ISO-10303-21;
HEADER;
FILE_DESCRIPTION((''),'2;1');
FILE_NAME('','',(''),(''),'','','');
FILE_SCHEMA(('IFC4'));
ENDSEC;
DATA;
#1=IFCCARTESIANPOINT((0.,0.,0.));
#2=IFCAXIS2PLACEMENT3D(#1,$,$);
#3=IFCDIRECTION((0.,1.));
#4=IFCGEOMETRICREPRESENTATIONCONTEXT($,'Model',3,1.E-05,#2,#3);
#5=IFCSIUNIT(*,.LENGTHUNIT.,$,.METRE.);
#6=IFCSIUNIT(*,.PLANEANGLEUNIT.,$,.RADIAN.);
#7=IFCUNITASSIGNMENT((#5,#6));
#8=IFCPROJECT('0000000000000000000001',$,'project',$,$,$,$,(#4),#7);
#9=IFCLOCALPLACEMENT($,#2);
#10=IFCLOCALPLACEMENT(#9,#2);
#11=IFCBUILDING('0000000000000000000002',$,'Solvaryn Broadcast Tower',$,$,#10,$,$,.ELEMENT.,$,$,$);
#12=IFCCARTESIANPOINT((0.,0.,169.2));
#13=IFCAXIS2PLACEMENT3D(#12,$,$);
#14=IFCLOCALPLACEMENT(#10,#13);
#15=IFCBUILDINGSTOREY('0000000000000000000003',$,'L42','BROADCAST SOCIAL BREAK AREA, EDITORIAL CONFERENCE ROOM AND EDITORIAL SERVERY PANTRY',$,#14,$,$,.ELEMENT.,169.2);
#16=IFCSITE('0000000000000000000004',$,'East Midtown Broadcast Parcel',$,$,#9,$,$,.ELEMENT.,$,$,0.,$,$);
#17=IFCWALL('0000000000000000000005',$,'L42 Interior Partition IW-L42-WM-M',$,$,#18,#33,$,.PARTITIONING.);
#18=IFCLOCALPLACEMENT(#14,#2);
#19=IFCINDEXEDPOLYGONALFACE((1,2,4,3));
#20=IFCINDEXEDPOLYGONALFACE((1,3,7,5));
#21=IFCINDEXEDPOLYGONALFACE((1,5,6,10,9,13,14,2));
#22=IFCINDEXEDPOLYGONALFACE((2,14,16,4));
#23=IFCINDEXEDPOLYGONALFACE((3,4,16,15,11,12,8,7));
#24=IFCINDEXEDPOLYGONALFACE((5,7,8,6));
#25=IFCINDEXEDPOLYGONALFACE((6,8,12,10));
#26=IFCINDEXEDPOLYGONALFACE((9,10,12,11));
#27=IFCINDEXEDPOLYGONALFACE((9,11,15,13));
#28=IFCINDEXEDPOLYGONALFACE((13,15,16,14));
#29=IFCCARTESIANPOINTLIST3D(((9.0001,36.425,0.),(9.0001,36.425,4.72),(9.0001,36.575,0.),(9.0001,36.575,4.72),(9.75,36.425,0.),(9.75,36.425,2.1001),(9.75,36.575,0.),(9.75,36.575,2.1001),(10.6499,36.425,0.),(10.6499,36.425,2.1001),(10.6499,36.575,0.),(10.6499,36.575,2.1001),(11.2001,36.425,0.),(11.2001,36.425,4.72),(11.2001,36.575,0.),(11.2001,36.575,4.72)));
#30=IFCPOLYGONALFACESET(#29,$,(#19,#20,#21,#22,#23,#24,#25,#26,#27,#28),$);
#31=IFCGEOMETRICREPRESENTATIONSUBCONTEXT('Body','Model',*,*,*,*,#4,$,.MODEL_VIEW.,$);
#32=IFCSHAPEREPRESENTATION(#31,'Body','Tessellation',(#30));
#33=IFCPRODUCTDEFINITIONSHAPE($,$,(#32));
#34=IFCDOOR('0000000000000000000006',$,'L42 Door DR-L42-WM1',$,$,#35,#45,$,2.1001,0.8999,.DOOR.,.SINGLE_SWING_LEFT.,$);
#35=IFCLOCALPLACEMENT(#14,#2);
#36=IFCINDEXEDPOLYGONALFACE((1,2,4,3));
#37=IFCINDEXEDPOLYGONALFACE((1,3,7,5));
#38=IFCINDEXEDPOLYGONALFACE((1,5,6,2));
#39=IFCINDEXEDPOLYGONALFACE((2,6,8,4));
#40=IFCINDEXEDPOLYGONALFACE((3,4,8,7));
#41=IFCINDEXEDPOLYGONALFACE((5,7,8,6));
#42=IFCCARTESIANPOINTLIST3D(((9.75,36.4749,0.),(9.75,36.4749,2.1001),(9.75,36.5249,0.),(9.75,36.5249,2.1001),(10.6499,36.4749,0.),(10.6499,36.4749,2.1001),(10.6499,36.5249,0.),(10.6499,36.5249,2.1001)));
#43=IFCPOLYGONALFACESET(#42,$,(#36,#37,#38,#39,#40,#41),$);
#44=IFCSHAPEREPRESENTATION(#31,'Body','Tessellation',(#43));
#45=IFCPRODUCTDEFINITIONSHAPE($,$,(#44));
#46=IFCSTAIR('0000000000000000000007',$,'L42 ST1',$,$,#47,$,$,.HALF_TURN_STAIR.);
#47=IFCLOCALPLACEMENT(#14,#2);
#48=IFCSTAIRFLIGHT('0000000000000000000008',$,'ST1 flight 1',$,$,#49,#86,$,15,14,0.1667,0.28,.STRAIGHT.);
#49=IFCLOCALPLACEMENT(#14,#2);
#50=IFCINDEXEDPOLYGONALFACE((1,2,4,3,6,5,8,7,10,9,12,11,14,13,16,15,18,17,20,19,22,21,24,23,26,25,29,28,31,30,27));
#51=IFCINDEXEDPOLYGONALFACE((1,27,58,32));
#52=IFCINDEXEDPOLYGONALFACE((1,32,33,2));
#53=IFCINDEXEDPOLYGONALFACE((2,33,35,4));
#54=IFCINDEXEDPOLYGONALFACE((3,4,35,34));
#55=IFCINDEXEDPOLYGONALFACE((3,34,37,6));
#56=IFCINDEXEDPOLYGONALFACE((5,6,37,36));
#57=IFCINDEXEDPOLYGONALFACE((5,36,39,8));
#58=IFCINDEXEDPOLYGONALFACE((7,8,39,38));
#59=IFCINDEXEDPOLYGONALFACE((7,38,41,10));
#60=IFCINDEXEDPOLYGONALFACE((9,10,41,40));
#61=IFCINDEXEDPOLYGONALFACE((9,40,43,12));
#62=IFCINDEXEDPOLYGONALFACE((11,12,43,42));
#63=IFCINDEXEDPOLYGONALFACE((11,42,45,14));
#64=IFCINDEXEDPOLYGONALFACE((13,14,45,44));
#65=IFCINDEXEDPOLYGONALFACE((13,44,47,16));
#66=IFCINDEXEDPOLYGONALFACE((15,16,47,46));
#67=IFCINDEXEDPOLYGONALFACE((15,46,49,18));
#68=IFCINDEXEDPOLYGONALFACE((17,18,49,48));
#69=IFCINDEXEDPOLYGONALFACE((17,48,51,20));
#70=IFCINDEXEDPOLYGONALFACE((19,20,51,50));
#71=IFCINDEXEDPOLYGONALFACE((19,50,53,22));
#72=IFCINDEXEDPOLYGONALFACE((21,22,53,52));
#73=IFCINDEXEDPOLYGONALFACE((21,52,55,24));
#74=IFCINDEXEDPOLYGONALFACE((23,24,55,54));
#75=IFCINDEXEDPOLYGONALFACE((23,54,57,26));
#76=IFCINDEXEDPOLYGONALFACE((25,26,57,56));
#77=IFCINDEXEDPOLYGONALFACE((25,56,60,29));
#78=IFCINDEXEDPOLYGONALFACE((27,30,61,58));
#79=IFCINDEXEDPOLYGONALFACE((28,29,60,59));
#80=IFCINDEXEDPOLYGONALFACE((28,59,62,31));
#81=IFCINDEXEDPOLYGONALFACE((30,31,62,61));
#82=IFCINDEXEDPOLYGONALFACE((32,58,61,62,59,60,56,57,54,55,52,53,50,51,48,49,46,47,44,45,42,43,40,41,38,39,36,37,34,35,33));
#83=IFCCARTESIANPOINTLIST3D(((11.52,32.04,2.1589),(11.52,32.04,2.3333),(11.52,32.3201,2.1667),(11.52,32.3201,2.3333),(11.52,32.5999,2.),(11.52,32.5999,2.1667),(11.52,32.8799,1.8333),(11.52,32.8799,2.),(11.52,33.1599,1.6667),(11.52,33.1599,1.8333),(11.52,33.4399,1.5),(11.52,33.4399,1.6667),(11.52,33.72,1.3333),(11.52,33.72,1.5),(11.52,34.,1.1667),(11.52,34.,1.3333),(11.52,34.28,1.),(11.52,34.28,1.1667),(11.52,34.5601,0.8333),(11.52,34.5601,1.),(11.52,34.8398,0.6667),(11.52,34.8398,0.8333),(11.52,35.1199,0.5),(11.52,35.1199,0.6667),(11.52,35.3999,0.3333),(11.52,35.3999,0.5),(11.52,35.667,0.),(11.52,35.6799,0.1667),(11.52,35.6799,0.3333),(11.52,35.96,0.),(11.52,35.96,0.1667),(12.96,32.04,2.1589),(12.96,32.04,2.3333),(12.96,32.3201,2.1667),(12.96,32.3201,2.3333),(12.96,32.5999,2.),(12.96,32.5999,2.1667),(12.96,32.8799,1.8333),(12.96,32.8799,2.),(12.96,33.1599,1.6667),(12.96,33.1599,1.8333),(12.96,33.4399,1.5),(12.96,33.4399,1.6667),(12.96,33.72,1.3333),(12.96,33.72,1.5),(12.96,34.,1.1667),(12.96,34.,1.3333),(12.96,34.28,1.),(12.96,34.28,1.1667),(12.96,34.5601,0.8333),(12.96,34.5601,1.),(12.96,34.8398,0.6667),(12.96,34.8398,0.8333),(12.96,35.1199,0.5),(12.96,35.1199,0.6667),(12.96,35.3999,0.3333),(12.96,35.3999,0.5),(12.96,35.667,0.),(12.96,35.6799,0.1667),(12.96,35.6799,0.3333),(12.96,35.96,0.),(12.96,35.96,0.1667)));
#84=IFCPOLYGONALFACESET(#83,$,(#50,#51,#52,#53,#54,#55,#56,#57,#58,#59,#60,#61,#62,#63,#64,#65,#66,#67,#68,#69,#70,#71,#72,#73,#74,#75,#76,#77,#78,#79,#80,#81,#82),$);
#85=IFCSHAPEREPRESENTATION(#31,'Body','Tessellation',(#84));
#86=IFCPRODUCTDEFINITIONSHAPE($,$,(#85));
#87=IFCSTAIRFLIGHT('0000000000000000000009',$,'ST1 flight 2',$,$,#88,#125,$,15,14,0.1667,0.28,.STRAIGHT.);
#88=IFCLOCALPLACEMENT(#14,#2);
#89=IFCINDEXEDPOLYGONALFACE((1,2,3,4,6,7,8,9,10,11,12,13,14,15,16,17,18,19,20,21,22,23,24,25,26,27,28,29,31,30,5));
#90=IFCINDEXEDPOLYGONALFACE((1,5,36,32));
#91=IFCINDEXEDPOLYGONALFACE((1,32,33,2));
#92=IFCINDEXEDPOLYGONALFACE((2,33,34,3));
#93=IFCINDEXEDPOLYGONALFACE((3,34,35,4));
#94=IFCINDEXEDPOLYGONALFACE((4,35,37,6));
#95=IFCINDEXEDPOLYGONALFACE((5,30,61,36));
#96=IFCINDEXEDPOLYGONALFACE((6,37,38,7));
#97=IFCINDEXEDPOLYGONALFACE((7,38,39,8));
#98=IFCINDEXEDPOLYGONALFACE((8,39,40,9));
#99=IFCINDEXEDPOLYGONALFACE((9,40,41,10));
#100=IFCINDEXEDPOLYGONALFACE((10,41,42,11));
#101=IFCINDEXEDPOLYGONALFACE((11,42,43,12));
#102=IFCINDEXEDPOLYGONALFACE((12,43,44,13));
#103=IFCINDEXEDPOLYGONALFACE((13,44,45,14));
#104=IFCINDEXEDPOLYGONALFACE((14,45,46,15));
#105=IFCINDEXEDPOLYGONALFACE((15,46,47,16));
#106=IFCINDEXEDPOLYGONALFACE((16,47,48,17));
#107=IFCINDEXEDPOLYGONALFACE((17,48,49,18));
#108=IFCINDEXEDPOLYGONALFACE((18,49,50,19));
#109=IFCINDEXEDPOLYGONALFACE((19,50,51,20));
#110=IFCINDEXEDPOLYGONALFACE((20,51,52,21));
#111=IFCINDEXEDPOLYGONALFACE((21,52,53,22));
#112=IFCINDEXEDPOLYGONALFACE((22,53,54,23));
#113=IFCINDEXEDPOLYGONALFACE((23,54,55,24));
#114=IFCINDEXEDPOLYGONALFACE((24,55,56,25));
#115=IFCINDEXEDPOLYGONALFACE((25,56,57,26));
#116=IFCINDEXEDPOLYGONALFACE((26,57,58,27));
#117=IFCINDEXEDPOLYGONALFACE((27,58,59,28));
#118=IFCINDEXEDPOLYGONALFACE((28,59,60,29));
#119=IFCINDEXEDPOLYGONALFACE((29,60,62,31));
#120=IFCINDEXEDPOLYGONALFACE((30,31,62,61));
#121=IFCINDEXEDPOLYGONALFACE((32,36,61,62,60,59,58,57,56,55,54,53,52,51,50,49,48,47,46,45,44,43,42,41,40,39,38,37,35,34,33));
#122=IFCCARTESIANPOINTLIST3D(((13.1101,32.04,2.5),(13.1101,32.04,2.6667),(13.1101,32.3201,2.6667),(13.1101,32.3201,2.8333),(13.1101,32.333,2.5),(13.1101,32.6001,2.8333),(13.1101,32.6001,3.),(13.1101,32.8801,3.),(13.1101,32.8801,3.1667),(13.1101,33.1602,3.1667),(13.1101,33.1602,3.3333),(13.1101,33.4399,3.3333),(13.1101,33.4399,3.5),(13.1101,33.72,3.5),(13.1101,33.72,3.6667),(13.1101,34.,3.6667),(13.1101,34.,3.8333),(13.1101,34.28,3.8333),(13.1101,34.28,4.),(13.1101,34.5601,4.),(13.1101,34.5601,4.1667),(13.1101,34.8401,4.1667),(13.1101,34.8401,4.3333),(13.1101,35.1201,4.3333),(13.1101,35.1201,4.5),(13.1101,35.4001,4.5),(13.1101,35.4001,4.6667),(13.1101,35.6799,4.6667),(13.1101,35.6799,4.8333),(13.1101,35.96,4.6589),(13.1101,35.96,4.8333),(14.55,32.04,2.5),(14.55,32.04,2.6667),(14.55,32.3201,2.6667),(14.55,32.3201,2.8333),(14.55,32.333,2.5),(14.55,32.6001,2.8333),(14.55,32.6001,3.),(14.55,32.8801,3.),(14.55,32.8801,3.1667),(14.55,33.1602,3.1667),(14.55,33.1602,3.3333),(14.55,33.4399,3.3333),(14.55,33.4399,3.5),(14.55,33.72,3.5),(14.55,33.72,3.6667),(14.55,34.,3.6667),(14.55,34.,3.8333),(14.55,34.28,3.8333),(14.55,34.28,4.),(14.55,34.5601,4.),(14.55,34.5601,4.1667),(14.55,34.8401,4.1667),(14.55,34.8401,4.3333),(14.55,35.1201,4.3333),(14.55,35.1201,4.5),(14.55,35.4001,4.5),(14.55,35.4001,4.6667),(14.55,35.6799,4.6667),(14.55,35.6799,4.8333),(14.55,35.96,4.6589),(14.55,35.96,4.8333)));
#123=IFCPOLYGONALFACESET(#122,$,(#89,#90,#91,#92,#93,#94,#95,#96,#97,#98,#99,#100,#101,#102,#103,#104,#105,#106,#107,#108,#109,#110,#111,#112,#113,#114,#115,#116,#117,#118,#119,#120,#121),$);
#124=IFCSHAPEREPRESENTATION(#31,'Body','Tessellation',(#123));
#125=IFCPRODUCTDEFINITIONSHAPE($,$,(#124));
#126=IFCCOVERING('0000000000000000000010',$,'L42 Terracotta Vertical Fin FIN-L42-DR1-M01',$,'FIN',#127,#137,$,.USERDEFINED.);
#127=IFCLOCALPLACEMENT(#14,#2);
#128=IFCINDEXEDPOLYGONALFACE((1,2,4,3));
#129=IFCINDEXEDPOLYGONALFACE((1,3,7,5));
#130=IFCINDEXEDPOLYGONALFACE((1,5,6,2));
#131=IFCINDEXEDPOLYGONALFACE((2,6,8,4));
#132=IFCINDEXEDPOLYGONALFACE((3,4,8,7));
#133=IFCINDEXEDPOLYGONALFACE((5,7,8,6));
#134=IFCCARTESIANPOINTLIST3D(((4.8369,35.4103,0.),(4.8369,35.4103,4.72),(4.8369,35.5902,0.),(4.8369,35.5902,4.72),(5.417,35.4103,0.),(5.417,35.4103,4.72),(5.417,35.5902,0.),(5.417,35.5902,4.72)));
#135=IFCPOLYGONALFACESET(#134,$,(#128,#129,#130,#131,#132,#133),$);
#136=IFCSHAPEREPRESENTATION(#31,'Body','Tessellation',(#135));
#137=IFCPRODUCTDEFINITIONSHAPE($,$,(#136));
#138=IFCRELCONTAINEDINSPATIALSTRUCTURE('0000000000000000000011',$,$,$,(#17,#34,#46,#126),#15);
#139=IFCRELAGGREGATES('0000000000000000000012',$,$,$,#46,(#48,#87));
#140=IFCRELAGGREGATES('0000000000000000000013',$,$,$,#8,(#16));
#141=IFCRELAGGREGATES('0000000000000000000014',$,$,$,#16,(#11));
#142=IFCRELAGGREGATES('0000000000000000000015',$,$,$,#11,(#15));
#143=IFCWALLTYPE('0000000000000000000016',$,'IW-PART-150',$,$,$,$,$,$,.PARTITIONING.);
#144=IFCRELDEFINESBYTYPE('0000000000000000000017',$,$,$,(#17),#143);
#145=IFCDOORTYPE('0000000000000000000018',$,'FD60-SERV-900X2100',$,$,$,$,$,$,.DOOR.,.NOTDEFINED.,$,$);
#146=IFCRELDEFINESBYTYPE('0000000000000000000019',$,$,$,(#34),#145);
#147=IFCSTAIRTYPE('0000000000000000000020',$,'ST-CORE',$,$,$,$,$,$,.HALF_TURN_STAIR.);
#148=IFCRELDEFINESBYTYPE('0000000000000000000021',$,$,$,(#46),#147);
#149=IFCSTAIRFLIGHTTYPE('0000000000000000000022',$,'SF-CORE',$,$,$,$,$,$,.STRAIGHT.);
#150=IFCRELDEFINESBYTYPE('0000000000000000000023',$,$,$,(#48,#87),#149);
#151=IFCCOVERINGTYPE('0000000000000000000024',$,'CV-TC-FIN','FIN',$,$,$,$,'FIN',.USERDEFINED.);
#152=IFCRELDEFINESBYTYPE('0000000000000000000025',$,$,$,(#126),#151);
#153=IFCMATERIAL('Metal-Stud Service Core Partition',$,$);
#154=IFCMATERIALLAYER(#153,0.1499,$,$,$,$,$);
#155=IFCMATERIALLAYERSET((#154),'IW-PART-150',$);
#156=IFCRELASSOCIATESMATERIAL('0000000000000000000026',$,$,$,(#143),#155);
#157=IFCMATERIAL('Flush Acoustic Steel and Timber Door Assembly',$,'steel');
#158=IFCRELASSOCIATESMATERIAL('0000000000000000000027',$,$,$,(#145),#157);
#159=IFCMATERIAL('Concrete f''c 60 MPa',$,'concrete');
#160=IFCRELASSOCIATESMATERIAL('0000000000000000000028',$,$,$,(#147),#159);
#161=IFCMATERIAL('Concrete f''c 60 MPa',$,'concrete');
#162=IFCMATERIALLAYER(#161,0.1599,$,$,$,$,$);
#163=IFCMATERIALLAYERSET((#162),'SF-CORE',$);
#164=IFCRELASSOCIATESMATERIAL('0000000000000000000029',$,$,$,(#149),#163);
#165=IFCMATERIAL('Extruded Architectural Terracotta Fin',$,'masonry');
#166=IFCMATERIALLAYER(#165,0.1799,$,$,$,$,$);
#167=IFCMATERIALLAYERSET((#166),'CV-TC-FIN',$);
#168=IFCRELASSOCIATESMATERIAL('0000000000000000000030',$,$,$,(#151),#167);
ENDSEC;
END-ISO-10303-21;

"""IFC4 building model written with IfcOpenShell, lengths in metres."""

from ifc_helpers import new_model, si_unit, direction, frame, frame_2d, origin, origin_2d, place, context, subcontext, project, spatial, polyline, rectangle, outline, extrude, material, layer, layer_set, type_object, element, fill, aggregate, save


model = new_model("IFC4")

# Units and contexts
model_context = context("Model", 3, precision=1e-05, world=origin(), true_north=direction((0.0, 1.0)))
body_context = subcontext(model_context, "Body", "Model", "MODEL_VIEW")
ifc_project = project(units=[si_unit("LENGTHUNIT", "METRE"), si_unit("PLANEANGLEUNIT", "RADIAN")], contexts=[model_context])

# Site, building, storey
site_placement = place(None, origin())
site = spatial("IfcSite", under=ifc_project, at=site_placement, Name="East Midtown Broadcast Parcel", CompositionType="ELEMENT", RefElevation=0.0)
building_placement = place(site_placement, origin())
building = spatial("IfcBuilding", under=site, at=building_placement, Name="Solvaryn Broadcast Tower", CompositionType="ELEMENT")
storey_placement = place(building_placement, frame((0.0, 0.0, 169.2)))
storey = spatial("IfcBuildingStorey", under=building, at=storey_placement, Name="L42", Description="BROADCAST SOCIAL BREAK AREA, EDITORIAL CONFERENCE ROOM AND EDITORIAL SERVERY PANTRY", CompositionType="ELEMENT", Elevation=169.2)

# Wall, opening, door
ifc_material_1 = material(Name="Metal-Stud Service Core Partition")
ifc_layer_1 = layer(ifc_material_1, 0.1499)
ifc_layer_set_1 = layer_set([ifc_layer_1], Name="IW-PART-150")
wall_type = type_object("IfcWallType", Name="IW-PART-150", PredefinedType="PARTITIONING", material=ifc_layer_set_1)
wall_placement = place(storey_placement, frame((9.0, 36.5, 0.0), z_axis=(0.0, 0.0, 1.0), x_axis=(1.0, 0.0, 0.0)))
wall = element("IfcWall", 1, at=wall_placement, inside=storey, type_object=wall_type, Name="L42 Interior Partition IW-L42-WM-M", PredefinedType="PARTITIONING", context=body_context, shape_type="SweptSolid", body=[
    extrude(rectangle(XDim=2.2, YDim=0.1499, at=frame_2d((1.1001, 0.0))), origin(), (0.0, 0.0, 1.0), 4.72),
])
opening_placement = place(wall_placement, frame((0.75, 0.0, 0.0)))
opening = element("IfcOpeningElement", 2, at=opening_placement, cuts=wall, PredefinedType="OPENING", context=body_context, shape_type="SweptSolid", body=[
    extrude(rectangle(XDim=0.8999, YDim=2.1001, at=frame_2d((0.45, 1.05))), frame((0.0, 0.085, 0.0), z_axis=(0.0, -1.0, 0.0), x_axis=(1.0, 0.0, 0.0)), (0.0, 0.0, 1.0), 0.1699),
])
ifc_material_2 = material(Name="Flush Acoustic Steel and Timber Door Assembly", Category="steel")
door_type = type_object("IfcDoorType", Name="FD60-SERV-900X2100", OperationType="NOTDEFINED", PredefinedType="DOOR", material=ifc_material_2)
door_placement = place(opening_placement, origin())
door = element("IfcDoor", 3, at=door_placement, inside=storey, type_object=door_type, Name="L42 Door DR-L42-WM1", OperationType="SINGLE_SWING_LEFT", OverallHeight=2.1001, OverallWidth=0.8999, PredefinedType="DOOR", context=body_context, shape_type="SweptSolid", body=[
    extrude(rectangle(XDim=0.8999, YDim=2.1001, at=frame_2d((0.45, 1.05))), frame((0.0, 0.0249, 0.0), z_axis=(0.0, -1.0, 0.0), x_axis=(1.0, 0.0, 0.0)), (0.0, 0.0, 1.0), 0.05),
])
fill(opening, door)

# Stair, stair flights
ifc_material_3 = material(Name="Concrete f'c 60 MPa", Category="concrete")
stair_type = type_object("IfcStairType", Name="ST-CORE", PredefinedType="HALF_TURN_STAIR", material=ifc_material_3)
stair_placement = place(storey_placement, origin())
stair = element("IfcStair", 4, at=stair_placement, inside=storey, type_object=stair_type, Name="L42 ST1", PredefinedType="HALF_TURN_STAIR")
ifc_material_4 = material(Name="Concrete f'c 60 MPa", Category="concrete")
ifc_layer_2 = layer(ifc_material_4, 0.1599)
ifc_layer_set_2 = layer_set([ifc_layer_2], Name="SF-CORE")
stair_flight_type = type_object("IfcStairFlightType", Name="SF-CORE", PredefinedType="STRAIGHT", material=ifc_layer_set_2)
stair_flight_1_placement = place(storey_placement, frame((12.24, 35.96, 0.0), z_axis=(0.0, 0.0, 1.0), x_axis=(0.0, -1.0, 0.0)))
stair_flight_1 = element("IfcStairFlight", 5, at=stair_flight_1_placement, type_object=stair_flight_type, Name="ST1 flight 1", NumberOfRisers=15, NumberOfTreads=14, PredefinedType="STRAIGHT", RiserHeight=0.1667, TreadLength=0.28, context=body_context, shape_type="SweptSolid", body=[
    extrude(outline(polyline([(0.0, 0.0), (0.0, 0.1667), (0.28, 0.1667), (0.28, 0.3333), (0.5601, 0.3333), (0.5601, 0.5), (0.8401, 0.5), (0.8401, 0.6667), (1.1201, 0.6667), (1.1201, 0.8333), (1.3999, 0.8333), (1.3999, 1.0), (1.6799, 1.0), (1.6799, 1.1667), (1.96, 1.1667), (1.96, 1.3333), (2.24, 1.3333), (2.24, 1.5), (2.52, 1.5), (2.52, 1.6667), (2.8, 1.6667), (2.8, 1.8333), (3.0801, 1.8333), (3.0801, 2.0), (3.3601, 2.0), (3.3601, 2.1667), (3.6399, 2.1667), (3.6399, 2.3333), (3.9199, 2.3333), (3.9199, 2.5), (3.9199, 2.1589), (0.293, 0.0), (0.0, 0.0)])), frame((0.0, 0.72, 0.0), z_axis=(0.0, -1.0, 0.0), x_axis=(1.0, 0.0, 0.0)), (0.0, 0.0, 1.0), 1.4399),
])
stair_flight_2_placement = place(storey_placement, frame((13.8301, 32.04, 2.5), z_axis=(0.0, 0.0, 1.0), x_axis=(0.0, 1.0, 0.0)))
stair_flight_2 = element("IfcStairFlight", 6, at=stair_flight_2_placement, type_object=stair_flight_type, Name="ST1 flight 2", NumberOfRisers=15, NumberOfTreads=14, PredefinedType="STRAIGHT", RiserHeight=0.1667, TreadLength=0.28, context=body_context, shape_type="SweptSolid", body=[
    extrude(outline(polyline([(0.0, 0.0), (0.0, 0.1667), (0.28, 0.1667), (0.28, 0.3333), (0.5601, 0.3333), (0.5601, 0.5), (0.8401, 0.5), (0.8401, 0.6667), (1.1201, 0.6667), (1.1201, 0.8333), (1.3999, 0.8333), (1.3999, 1.0), (1.6799, 1.0), (1.6799, 1.1667), (1.96, 1.1667), (1.96, 1.3333), (2.24, 1.3333), (2.24, 1.5), (2.52, 1.5), (2.52, 1.6667), (2.8, 1.6667), (2.8, 1.8333), (3.0801, 1.8333), (3.0801, 2.0), (3.3601, 2.0), (3.3601, 2.1667), (3.6399, 2.1667), (3.6399, 2.3333), (3.9199, 2.3333), (3.9199, 2.5), (3.9199, 2.1589), (0.293, 0.0), (0.0, 0.0)])), frame((0.0, 0.72, 0.0), z_axis=(0.0, -1.0, 0.0), x_axis=(1.0, 0.0, 0.0)), (0.0, 0.0, 1.0), 1.4399),
])
aggregate(stair, [stair_flight_1, stair_flight_2])

# Covering
ifc_material_5 = material(Name="Extruded Architectural Terracotta Fin", Category="masonry")
ifc_layer_3 = layer(ifc_material_5, 0.1799)
ifc_layer_set_3 = layer_set([ifc_layer_3], Name="CV-TC-FIN")
covering_type = type_object("IfcCoveringType", Name="CV-TC-FIN", Description="FIN", ElementType="FIN", PredefinedType="USERDEFINED", material=ifc_layer_set_3)
covering_placement = place(storey_placement, frame((5.127, 35.5002, 0.0), z_axis=(0.0, 0.0, 1.0), x_axis=(1.0, 0.0, 0.0)))
element("IfcCovering", 7, at=covering_placement, inside=storey, type_object=covering_type, Name="L42 Terracotta Vertical Fin FIN-L42-DR1-M01", ObjectType="FIN", PredefinedType="USERDEFINED", context=body_context, shape_type="SweptSolid", body=[
    extrude(rectangle(XDim=0.5801, YDim=0.1799, at=origin_2d()), origin(), (0.0, 0.0, 1.0), 4.72),
])

save(model, "model.ifc")
